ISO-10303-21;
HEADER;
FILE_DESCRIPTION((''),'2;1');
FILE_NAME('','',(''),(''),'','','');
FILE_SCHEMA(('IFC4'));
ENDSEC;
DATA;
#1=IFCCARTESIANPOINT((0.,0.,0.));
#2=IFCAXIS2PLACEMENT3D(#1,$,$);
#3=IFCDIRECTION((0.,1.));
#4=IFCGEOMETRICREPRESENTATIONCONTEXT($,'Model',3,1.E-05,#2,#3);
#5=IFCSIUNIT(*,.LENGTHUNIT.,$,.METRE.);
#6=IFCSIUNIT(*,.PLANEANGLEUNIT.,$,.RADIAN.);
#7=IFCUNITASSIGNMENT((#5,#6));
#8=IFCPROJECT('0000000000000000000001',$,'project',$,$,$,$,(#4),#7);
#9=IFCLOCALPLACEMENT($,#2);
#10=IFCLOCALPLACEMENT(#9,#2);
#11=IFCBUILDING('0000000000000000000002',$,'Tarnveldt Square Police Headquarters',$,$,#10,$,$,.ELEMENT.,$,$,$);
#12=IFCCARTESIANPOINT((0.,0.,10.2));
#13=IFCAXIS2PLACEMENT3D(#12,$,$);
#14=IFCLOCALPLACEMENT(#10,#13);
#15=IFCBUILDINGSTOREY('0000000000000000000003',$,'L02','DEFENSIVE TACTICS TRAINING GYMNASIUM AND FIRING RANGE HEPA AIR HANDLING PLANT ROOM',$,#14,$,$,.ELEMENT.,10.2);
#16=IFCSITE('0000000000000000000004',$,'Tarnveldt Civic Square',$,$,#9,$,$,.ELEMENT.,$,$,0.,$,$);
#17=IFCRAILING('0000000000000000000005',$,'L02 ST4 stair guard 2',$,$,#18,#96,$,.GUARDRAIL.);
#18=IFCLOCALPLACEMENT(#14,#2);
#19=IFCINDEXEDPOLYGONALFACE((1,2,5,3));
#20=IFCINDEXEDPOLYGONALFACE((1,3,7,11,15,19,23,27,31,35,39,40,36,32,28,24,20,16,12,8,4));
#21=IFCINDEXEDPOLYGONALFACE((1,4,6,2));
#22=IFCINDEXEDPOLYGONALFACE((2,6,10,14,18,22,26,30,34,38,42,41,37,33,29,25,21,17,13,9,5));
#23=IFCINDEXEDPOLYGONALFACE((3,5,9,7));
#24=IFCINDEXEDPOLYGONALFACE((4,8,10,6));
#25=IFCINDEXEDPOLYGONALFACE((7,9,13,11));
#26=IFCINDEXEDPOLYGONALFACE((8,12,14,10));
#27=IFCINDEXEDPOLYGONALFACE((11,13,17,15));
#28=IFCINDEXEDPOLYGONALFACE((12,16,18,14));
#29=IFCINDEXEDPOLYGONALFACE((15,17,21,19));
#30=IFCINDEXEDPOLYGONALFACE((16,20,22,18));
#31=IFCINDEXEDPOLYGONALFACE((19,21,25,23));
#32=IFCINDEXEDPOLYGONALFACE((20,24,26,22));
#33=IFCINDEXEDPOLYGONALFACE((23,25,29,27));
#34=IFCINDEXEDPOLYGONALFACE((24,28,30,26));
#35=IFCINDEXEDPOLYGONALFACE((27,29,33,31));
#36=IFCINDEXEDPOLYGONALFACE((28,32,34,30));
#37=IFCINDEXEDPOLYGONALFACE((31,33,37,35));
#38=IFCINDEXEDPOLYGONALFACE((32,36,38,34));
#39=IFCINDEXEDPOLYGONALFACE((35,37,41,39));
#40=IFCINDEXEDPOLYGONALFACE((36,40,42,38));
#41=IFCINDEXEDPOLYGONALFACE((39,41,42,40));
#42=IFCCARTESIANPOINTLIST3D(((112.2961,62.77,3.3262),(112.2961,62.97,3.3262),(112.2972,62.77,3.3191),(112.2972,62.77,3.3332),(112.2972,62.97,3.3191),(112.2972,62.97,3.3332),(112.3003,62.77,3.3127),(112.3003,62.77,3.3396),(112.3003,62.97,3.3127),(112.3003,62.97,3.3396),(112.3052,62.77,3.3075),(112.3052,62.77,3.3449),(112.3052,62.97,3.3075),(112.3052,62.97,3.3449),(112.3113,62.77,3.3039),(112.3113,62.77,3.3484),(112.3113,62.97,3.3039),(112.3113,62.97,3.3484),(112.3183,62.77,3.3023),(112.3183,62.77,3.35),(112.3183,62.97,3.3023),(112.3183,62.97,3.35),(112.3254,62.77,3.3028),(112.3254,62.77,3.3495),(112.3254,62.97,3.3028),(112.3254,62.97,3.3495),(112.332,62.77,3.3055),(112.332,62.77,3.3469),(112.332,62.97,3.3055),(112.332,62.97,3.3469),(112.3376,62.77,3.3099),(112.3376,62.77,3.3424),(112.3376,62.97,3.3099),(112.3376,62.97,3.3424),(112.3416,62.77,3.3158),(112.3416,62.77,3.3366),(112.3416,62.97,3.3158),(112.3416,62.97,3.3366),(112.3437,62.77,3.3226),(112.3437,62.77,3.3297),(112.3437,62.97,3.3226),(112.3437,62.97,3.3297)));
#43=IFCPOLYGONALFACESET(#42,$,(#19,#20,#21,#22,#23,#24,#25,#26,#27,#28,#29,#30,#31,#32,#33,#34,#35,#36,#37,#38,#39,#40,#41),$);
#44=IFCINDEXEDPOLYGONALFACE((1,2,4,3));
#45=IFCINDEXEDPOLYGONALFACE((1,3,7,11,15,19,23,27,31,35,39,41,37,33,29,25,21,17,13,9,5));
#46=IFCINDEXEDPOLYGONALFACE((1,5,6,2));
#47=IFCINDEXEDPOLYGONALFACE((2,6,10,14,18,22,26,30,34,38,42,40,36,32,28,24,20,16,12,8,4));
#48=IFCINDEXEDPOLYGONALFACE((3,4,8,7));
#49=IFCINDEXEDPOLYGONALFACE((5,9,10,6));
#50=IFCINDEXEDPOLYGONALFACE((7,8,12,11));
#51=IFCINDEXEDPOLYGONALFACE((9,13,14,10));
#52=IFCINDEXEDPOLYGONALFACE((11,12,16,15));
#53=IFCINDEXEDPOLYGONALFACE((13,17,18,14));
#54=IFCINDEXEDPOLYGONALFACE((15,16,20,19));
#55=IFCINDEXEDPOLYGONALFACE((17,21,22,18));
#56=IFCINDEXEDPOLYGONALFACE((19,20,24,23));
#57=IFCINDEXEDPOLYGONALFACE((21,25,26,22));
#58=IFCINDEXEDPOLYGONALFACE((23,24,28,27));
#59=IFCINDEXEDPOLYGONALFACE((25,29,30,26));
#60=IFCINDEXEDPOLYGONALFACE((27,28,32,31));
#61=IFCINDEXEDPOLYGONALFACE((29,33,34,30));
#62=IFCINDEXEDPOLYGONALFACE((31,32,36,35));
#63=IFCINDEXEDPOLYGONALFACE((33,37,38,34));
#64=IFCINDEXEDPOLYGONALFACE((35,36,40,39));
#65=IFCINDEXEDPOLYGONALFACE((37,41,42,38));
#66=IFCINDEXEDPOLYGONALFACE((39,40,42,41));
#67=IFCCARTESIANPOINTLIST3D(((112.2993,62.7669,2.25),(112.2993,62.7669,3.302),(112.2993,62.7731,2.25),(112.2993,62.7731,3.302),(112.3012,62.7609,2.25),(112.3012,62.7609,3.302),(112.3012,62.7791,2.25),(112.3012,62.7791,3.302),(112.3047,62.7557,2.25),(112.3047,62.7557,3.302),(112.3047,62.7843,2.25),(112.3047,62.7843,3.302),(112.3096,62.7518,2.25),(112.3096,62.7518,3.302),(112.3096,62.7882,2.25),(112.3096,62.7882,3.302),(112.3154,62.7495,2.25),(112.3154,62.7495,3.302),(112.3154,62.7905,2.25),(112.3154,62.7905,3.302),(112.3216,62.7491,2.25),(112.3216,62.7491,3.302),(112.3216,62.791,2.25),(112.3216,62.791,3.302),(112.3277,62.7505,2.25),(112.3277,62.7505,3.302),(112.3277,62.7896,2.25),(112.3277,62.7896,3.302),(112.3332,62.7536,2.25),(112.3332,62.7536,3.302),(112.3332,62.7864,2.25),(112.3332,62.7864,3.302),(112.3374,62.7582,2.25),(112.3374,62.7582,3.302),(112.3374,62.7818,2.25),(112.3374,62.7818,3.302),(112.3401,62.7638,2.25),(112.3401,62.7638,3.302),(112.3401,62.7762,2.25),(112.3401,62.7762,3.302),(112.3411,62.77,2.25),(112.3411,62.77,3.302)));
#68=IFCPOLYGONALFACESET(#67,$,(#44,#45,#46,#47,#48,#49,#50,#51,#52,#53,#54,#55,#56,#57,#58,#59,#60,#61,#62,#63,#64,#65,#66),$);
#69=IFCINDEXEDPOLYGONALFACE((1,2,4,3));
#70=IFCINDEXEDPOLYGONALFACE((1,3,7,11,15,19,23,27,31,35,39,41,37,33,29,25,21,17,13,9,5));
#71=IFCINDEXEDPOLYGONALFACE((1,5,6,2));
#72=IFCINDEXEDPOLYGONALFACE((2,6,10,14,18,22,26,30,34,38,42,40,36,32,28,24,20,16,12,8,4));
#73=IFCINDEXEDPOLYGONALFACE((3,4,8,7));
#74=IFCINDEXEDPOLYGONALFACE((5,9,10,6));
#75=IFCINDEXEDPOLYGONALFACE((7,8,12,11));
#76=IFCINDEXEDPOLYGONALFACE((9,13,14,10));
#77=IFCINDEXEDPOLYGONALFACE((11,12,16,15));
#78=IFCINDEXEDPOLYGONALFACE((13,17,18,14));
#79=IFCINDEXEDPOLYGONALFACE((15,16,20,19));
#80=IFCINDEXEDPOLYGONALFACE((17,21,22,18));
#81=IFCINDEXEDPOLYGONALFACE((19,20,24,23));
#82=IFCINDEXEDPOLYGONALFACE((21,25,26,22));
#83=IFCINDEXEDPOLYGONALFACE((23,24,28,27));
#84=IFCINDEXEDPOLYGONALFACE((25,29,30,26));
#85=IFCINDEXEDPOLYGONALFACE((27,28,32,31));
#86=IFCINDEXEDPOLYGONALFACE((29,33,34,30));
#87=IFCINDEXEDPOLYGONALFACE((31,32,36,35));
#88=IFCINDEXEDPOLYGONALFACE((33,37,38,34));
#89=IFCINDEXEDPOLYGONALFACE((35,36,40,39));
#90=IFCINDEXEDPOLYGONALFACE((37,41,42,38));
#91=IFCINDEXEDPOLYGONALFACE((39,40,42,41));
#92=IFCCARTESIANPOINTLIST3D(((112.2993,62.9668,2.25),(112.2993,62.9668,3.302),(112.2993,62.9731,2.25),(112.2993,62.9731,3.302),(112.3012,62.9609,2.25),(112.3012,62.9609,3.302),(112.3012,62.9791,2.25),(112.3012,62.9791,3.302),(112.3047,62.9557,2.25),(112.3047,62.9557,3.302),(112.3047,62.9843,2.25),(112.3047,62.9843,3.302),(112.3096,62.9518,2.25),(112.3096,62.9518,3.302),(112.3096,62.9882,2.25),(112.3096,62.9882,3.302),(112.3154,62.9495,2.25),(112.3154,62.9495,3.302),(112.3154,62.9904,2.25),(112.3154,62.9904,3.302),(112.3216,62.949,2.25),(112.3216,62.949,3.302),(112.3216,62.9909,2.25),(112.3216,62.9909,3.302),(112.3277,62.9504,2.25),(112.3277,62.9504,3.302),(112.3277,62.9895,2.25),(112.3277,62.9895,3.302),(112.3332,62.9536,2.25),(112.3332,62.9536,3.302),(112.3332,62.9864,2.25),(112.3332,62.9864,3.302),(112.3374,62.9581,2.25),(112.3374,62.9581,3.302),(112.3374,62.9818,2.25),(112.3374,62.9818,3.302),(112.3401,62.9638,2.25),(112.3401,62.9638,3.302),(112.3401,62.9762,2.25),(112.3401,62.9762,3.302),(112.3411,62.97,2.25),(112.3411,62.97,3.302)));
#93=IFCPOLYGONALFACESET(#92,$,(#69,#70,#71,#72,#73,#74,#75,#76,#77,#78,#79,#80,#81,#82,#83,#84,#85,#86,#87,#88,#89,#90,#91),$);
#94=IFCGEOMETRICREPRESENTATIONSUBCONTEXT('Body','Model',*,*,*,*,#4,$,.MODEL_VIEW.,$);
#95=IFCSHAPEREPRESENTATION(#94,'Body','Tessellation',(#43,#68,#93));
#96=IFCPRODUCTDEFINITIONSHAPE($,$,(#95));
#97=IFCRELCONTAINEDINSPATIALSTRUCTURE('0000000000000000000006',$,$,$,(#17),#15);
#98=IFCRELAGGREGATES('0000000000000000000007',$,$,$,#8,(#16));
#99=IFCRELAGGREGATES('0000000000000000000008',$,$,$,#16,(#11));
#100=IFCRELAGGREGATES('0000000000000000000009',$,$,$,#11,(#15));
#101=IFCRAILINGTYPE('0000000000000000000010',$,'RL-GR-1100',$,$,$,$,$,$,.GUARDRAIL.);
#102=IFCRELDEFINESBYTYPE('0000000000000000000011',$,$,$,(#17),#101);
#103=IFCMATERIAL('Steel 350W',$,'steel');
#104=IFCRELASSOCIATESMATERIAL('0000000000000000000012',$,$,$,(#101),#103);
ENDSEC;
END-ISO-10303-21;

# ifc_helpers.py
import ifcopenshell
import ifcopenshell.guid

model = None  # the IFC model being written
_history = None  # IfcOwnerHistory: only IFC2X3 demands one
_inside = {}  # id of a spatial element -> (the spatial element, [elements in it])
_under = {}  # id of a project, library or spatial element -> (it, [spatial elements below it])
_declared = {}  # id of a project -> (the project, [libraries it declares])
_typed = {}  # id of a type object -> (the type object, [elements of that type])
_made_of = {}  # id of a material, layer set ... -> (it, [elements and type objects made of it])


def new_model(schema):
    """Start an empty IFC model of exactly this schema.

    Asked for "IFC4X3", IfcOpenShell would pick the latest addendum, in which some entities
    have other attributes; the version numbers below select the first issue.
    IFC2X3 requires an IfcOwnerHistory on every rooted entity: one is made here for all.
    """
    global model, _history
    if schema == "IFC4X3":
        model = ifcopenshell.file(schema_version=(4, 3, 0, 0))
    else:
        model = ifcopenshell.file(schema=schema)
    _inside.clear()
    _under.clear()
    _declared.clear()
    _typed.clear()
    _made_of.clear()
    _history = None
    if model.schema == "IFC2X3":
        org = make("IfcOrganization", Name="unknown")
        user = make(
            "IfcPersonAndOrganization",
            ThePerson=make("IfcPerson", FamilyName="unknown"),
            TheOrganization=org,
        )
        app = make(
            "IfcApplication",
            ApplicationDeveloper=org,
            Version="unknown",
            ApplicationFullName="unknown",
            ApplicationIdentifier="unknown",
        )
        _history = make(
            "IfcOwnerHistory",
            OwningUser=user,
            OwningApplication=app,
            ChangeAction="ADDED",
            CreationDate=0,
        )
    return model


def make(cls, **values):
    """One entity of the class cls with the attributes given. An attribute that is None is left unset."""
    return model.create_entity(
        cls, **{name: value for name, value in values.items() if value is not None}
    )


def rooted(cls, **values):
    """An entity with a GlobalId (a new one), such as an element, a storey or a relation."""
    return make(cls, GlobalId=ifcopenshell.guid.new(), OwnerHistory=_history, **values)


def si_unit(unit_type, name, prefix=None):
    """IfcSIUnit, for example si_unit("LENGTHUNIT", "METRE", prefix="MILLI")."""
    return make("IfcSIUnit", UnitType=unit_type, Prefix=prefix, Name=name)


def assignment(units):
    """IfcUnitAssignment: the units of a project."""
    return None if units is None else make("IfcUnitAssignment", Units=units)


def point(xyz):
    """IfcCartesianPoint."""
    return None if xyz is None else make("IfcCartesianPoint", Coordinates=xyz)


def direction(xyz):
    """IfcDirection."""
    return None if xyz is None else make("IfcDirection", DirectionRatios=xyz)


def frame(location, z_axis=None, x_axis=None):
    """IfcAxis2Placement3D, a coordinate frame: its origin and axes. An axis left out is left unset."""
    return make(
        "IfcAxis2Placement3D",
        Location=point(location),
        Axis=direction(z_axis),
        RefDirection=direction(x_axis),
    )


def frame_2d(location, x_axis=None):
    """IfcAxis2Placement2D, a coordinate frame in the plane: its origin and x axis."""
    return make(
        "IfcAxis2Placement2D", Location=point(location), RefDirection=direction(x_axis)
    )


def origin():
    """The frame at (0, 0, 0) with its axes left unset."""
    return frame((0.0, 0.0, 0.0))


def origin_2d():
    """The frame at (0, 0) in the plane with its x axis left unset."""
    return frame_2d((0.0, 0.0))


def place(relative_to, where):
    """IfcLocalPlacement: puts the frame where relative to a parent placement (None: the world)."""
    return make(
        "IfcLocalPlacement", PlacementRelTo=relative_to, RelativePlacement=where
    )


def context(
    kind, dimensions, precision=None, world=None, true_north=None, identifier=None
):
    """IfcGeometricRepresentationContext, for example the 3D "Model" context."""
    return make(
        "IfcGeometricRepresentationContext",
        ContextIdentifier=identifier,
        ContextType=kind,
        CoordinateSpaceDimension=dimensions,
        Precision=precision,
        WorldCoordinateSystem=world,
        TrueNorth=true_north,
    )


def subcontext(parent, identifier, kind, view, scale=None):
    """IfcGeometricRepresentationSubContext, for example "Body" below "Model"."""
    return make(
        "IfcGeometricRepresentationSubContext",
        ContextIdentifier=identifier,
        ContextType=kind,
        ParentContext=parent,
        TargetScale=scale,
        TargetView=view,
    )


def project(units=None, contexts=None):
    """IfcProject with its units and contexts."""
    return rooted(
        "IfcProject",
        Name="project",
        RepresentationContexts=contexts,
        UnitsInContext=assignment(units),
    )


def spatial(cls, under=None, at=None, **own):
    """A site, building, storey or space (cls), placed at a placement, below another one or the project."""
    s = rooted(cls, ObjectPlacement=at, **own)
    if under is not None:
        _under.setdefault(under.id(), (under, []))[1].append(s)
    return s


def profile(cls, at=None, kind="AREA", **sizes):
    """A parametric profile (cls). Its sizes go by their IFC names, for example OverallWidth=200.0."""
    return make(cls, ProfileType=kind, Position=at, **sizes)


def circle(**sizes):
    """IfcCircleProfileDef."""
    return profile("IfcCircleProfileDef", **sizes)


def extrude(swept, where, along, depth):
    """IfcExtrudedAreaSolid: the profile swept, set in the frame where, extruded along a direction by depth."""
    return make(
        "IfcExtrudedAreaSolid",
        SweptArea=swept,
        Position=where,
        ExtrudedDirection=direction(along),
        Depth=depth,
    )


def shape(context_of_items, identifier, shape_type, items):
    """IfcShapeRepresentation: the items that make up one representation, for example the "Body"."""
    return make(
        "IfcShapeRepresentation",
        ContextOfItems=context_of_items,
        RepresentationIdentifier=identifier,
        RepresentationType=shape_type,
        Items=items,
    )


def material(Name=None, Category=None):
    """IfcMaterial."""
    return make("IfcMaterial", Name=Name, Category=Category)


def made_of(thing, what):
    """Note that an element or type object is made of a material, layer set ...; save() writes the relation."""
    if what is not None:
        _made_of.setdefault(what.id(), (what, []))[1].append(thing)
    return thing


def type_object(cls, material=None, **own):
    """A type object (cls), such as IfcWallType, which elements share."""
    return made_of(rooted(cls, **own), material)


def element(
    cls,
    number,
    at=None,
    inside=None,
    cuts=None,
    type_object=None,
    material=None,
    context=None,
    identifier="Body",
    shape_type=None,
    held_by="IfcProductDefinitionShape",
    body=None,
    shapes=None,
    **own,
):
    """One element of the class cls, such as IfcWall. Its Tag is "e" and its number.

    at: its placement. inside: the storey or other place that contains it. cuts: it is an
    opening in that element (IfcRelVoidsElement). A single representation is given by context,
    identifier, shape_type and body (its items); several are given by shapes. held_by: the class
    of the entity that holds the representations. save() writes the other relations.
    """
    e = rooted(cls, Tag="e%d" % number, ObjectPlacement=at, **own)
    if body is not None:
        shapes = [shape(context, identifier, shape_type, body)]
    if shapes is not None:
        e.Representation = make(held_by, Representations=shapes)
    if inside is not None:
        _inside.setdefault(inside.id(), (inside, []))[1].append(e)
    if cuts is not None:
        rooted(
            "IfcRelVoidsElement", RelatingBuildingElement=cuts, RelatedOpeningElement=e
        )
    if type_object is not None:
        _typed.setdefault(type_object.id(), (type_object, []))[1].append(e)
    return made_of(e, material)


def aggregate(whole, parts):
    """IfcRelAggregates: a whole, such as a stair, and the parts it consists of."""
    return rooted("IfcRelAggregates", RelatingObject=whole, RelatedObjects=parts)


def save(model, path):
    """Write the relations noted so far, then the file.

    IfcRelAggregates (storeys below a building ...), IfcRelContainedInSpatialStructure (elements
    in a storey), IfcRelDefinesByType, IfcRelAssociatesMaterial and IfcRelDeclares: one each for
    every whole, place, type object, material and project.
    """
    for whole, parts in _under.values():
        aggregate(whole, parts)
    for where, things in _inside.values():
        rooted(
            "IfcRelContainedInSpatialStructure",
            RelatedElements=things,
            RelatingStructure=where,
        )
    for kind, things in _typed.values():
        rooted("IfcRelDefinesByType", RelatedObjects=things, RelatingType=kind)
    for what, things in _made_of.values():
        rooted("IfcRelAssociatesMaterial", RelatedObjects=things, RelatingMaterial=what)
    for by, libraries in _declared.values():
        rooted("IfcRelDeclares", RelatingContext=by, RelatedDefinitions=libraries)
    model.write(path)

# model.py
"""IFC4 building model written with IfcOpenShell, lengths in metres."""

from ifc_helpers import new_model, si_unit, direction, frame, origin, origin_2d, place, context, subcontext, project, spatial, circle, extrude, material, type_object, element, save


model = new_model("IFC4")

# Units and contexts
model_context = context("Model", 3, precision=1e-05, world=origin(), true_north=direction((0.0, 1.0)))
body_context = subcontext(model_context, "Body", "Model", "MODEL_VIEW")
ifc_project = project(units=[si_unit("LENGTHUNIT", "METRE"), si_unit("PLANEANGLEUNIT", "RADIAN")], contexts=[model_context])

# Site, building, storey
site_placement = place(None, origin())
site = spatial("IfcSite", under=ifc_project, at=site_placement, Name="Tarnveldt Civic Square", CompositionType="ELEMENT", RefElevation=0.0)
building_placement = place(site_placement, origin())
building = spatial("IfcBuilding", under=site, at=building_placement, Name="Tarnveldt Square Police Headquarters", CompositionType="ELEMENT")
storey_placement = place(building_placement, frame((0.0, 0.0, 10.2)))
storey = spatial("IfcBuildingStorey", under=building, at=storey_placement, Name="L02", Description="DEFENSIVE TACTICS TRAINING GYMNASIUM AND FIRING RANGE HEPA AIR HANDLING PLANT ROOM", CompositionType="ELEMENT", Elevation=10.2)

# Shared definitions
ifc_material_1 = material(Name="Steel 350W", Category="steel")

# Railing
railing_type_1 = type_object("IfcRailingType", Name="RL-GR-1100", PredefinedType="GUARDRAIL", material=ifc_material_1)
railing_1_placement = place(storey_placement, frame((112.3201, 62.77, 2.25)))
element("IfcRailing", 1, at=railing_1_placement, inside=storey, type_object=railing_type_1, Name="L02 ST4 stair guard 2", PredefinedType="GUARDRAIL", context=body_context, shape_type="SweptSolid", body=[
    extrude(circle(Radius=0.0239, at=origin_2d()), frame((0.0, 0.0, 1.0762), z_axis=(0.0, 1.0, 0.0), x_axis=(-1.0, 0.0, 0.0)), (0.0, 0.0, 1.0), 0.2),
    extrude(circle(Radius=0.021, at=origin_2d()), origin(), (0.0, 0.0, 1.0), 1.052),
    extrude(circle(Radius=0.021, at=origin_2d()), frame((0.0, 0.2, 0.0)), (0.0, 0.0, 1.0), 1.052),
])

save(model, "model.ifc")
